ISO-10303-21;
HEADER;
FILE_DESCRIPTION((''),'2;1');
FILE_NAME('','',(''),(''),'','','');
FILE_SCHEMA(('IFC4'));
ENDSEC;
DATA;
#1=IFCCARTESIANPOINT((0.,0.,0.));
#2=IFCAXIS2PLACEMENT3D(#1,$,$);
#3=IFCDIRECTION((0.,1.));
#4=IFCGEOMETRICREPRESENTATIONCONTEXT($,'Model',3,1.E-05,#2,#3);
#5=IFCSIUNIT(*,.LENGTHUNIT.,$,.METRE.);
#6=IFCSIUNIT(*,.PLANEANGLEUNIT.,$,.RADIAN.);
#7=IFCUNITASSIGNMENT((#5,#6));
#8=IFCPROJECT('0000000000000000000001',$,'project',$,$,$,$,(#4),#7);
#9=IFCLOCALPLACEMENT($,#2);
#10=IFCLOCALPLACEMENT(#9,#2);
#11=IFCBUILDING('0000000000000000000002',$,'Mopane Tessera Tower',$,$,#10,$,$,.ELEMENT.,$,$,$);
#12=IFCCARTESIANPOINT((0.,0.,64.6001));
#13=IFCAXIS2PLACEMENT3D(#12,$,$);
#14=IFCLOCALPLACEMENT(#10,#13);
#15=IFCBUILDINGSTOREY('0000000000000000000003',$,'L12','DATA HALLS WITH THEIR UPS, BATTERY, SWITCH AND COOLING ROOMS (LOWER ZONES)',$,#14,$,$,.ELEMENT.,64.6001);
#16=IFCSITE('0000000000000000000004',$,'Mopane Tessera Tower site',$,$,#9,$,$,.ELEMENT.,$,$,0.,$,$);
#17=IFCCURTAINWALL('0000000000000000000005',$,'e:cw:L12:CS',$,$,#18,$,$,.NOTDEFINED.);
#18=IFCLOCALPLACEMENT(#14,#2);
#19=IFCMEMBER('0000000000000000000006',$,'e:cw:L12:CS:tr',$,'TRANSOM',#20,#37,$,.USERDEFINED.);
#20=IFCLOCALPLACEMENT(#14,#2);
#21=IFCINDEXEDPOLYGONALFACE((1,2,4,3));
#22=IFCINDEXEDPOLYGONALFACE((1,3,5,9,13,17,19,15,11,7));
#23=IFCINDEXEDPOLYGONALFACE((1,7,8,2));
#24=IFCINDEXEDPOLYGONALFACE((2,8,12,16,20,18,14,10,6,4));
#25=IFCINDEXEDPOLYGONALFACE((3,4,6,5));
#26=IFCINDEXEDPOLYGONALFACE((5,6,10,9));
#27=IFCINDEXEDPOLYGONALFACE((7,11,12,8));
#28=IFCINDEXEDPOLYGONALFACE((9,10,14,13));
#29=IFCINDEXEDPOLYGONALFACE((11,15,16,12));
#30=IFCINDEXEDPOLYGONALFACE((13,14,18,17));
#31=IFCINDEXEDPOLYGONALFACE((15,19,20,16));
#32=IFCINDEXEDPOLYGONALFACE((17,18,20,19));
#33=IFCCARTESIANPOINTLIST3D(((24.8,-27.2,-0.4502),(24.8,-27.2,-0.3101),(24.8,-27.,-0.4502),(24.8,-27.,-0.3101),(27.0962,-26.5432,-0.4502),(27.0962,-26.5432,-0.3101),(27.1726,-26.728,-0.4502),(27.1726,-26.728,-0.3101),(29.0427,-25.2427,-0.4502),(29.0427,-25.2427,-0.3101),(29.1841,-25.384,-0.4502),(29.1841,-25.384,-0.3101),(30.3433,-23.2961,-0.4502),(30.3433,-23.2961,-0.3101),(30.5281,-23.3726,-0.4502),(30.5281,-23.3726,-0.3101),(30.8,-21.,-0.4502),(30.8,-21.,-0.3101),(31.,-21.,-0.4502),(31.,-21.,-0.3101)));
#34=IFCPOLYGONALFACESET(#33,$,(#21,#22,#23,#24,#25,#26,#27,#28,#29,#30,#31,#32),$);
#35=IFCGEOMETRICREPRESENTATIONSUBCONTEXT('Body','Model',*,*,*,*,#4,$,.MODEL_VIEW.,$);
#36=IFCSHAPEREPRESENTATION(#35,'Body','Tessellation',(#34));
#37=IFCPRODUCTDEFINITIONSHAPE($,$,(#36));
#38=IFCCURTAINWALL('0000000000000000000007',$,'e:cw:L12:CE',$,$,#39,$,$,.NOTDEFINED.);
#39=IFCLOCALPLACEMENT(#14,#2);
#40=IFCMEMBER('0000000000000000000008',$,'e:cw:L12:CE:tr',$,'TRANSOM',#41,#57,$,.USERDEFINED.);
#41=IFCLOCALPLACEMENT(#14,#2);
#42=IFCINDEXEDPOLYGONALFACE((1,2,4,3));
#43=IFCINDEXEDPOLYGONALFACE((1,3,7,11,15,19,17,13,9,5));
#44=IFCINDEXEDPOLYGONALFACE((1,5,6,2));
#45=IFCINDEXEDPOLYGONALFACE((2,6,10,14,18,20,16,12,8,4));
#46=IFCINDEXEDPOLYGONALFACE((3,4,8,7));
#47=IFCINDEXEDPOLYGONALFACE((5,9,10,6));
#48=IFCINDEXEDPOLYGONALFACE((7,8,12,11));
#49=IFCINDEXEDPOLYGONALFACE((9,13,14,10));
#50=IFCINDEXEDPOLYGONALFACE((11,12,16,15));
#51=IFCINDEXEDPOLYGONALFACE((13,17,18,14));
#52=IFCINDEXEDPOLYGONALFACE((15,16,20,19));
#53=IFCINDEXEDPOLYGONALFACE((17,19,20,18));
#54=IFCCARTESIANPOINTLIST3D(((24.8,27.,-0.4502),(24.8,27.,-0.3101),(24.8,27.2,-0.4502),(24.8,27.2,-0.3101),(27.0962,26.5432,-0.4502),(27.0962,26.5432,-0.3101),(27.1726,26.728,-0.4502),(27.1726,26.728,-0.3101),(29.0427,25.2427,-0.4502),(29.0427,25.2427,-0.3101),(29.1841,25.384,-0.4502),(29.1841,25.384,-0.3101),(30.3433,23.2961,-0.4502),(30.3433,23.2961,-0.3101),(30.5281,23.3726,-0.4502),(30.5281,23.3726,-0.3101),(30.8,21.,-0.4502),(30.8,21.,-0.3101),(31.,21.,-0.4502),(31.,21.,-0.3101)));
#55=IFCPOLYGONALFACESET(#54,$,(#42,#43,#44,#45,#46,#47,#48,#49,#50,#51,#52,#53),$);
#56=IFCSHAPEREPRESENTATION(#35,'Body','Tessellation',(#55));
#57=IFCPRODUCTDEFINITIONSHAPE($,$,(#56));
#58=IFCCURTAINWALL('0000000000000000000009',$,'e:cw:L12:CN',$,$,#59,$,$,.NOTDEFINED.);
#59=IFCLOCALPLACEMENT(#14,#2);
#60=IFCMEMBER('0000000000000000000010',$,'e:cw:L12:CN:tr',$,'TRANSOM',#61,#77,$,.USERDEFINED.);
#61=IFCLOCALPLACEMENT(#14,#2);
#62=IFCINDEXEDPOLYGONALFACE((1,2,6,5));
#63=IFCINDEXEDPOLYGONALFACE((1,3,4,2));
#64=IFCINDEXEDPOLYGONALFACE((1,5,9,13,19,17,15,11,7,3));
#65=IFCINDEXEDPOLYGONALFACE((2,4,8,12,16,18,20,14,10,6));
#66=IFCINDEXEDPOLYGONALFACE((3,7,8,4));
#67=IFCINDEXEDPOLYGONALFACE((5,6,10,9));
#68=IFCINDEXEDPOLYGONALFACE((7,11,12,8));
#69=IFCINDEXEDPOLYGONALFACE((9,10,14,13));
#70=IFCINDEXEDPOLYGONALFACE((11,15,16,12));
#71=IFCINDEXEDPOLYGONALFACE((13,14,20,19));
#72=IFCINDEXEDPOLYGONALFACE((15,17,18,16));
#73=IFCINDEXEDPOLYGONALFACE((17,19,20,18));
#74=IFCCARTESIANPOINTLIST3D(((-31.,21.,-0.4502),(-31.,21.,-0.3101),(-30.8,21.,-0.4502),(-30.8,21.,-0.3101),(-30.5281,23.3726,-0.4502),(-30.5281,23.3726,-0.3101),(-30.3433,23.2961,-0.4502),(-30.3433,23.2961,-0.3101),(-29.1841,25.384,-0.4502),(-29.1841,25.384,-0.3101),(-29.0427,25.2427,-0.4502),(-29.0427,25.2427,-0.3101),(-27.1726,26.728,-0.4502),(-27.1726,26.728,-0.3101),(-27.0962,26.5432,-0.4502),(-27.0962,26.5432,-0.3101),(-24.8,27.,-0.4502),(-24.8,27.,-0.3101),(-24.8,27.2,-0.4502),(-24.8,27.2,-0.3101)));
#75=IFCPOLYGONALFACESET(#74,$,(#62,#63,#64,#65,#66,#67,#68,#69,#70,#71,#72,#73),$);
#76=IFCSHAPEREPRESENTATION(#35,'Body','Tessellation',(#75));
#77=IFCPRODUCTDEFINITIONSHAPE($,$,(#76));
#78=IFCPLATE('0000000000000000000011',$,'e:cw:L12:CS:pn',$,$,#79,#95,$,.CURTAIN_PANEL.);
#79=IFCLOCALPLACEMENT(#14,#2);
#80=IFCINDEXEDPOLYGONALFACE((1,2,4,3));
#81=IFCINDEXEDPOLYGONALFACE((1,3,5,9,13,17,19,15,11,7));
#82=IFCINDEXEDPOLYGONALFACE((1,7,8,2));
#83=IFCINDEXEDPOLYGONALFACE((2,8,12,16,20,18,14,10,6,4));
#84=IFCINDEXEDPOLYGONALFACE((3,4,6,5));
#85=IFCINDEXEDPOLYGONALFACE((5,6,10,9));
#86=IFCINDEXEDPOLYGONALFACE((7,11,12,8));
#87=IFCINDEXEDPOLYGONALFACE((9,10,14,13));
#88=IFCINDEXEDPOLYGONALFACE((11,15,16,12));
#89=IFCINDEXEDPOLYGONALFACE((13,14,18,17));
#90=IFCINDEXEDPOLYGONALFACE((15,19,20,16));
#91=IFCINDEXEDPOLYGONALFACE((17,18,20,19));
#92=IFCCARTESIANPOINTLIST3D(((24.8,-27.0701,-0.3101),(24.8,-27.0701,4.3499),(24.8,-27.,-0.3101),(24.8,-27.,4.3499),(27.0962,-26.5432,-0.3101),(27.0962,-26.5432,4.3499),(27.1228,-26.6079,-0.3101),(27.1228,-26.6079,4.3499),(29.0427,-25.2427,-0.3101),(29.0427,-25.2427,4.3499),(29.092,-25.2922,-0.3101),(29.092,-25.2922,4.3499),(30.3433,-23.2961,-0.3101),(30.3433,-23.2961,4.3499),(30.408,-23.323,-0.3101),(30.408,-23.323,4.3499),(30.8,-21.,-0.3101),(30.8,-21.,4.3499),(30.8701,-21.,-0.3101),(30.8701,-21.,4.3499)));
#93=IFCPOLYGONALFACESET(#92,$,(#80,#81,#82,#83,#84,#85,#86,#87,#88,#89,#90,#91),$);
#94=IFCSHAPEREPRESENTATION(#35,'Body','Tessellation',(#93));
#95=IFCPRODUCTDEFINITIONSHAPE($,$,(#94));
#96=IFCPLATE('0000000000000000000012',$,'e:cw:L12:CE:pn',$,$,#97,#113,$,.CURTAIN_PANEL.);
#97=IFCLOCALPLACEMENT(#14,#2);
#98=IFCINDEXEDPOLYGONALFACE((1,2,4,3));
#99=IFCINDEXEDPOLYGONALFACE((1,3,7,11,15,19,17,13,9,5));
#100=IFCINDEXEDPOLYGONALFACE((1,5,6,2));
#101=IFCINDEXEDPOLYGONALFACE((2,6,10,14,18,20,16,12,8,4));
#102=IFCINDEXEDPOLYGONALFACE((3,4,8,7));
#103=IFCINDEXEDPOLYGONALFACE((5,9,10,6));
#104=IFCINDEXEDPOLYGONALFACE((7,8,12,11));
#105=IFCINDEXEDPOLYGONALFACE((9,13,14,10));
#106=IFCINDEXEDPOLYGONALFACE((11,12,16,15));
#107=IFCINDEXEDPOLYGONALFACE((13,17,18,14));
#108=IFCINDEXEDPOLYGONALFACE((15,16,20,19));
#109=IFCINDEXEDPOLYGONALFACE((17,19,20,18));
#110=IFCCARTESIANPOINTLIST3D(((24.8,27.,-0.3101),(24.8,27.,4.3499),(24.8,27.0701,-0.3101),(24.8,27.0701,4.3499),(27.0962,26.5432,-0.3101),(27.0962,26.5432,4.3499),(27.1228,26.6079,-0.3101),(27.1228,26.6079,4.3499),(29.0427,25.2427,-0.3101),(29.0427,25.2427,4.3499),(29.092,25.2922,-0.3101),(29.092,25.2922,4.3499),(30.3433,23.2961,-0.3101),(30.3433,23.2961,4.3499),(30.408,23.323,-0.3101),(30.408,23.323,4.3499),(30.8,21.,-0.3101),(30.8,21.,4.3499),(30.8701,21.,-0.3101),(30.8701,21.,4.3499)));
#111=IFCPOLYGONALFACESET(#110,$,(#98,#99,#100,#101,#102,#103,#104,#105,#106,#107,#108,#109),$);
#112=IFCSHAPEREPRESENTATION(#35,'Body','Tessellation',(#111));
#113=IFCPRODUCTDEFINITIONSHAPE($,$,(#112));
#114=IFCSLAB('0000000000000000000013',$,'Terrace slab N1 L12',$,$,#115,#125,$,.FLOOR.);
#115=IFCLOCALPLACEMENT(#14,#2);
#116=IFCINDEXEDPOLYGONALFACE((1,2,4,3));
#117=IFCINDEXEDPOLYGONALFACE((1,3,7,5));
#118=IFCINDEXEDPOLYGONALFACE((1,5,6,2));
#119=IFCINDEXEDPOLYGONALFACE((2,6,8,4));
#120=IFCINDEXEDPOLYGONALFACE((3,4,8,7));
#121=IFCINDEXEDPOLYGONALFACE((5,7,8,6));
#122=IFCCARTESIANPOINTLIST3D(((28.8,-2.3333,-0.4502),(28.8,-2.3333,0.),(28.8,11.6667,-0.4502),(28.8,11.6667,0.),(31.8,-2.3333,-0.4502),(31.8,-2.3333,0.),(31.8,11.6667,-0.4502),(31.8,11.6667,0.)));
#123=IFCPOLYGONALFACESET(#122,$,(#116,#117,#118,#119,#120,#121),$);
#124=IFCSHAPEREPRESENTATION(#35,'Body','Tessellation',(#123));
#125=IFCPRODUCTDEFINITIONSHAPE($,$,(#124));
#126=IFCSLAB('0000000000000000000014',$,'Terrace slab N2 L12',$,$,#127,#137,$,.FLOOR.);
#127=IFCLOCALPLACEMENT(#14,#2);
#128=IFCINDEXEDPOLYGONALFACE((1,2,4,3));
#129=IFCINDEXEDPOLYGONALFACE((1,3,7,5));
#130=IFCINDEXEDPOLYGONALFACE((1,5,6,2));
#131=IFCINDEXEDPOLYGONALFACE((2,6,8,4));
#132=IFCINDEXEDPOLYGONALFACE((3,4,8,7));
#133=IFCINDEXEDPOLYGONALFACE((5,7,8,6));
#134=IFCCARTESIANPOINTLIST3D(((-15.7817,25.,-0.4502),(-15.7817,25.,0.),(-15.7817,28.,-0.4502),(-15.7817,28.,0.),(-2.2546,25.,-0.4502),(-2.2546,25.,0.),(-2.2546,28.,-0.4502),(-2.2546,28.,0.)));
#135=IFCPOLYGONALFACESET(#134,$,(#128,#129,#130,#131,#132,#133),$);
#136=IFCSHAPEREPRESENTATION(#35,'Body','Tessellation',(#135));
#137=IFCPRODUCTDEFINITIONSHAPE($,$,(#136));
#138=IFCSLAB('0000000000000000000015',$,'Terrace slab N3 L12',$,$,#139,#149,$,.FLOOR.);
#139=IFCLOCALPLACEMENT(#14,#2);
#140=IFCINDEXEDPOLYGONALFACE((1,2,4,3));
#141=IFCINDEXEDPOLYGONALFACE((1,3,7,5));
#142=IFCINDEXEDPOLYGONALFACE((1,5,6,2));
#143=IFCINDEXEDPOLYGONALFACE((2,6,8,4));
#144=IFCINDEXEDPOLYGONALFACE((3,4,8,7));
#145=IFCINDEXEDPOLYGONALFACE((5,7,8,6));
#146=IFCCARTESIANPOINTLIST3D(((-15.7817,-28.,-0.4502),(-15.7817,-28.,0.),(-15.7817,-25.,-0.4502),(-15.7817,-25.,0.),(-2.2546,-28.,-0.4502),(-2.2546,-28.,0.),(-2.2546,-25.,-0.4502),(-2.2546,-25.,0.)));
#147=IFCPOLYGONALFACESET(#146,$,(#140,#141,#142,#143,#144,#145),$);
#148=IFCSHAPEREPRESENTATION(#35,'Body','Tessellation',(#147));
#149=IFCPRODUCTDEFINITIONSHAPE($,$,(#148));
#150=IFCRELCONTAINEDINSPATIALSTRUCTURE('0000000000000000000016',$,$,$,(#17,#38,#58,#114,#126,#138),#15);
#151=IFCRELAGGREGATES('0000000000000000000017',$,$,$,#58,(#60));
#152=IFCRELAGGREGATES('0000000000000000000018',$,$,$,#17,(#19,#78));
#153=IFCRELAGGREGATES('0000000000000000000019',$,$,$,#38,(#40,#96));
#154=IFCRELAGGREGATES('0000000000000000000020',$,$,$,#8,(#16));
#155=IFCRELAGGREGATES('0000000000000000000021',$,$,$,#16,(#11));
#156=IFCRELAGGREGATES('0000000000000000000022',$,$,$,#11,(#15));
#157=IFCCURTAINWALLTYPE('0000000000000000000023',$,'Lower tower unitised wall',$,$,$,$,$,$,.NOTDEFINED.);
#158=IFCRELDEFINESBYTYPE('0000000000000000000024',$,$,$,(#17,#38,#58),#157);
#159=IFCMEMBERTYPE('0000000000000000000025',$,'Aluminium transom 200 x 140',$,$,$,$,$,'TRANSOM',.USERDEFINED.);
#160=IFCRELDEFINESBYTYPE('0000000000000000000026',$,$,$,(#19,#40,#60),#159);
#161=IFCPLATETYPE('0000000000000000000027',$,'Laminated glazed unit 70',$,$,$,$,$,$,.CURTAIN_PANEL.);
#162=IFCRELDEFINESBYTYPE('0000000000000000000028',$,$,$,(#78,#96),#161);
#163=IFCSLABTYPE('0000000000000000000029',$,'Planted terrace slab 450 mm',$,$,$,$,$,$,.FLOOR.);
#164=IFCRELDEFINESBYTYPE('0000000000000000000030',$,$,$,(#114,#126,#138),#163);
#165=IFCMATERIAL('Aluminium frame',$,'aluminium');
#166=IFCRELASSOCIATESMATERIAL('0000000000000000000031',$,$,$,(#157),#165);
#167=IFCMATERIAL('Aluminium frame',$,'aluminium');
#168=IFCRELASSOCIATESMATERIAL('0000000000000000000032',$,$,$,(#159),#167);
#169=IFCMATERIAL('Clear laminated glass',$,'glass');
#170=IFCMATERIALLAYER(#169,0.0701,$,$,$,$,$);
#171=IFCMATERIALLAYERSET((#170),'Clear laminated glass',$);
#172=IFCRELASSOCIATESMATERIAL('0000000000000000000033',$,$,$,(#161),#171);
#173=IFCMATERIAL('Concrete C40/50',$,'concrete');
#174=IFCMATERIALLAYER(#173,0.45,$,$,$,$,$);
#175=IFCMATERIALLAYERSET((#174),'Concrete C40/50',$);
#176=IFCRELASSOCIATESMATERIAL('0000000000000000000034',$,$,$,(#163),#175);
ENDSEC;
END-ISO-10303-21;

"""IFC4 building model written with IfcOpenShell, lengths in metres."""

from ifc_helpers import new_model, si_unit, direction, frame, origin, origin_2d, place, context, subcontext, project, spatial, polyline, rectangle, outline, extrude, material, layer, layer_set, material_profile, profile_set, type_object, element, aggregate, save


model = new_model("IFC4")

# Units and contexts
model_context = context("Model", 3, precision=1e-05, world=origin(), true_north=direction((0.0, 1.0)))
body_context = subcontext(model_context, "Body", "Model", "MODEL_VIEW")
ifc_project = project(units=[si_unit("LENGTHUNIT", "METRE"), si_unit("PLANEANGLEUNIT", "RADIAN")], contexts=[model_context])

# Site, building, storey
site_placement = place(None, origin())
site = spatial("IfcSite", under=ifc_project, at=site_placement, Name="Mopane Tessera Tower site", CompositionType="ELEMENT", RefElevation=0.0)
building_placement = place(site_placement, origin())
building = spatial("IfcBuilding", under=site, at=building_placement, Name="Mopane Tessera Tower", CompositionType="ELEMENT")
storey_placement = place(building_placement, frame((0.0, 0.0, 64.6001)))
storey = spatial("IfcBuildingStorey", under=building, at=storey_placement, Name="L12", Description="DATA HALLS WITH THEIR UPS, BATTERY, SWITCH AND COOLING ROOMS (LOWER ZONES)", CompositionType="ELEMENT", Elevation=64.6001)

# Curtain walls, members
ifc_material_1 = material(Name="Aluminium frame", Category="aluminium")
curtain_wall_type = type_object("IfcCurtainWallType", Name="Lower tower unitised wall", PredefinedType="NOTDEFINED", material=ifc_material_1)
curtain_wall_1_placement = place(storey_placement, origin())
curtain_wall_1 = element("IfcCurtainWall", 1, at=curtain_wall_1_placement, inside=storey, type_object=curtain_wall_type, Name="e:cw:L12:CS", PredefinedType="NOTDEFINED")
ifc_material_2 = material(Name="Aluminium frame", Category="aluminium")
ifc_material_profile = material_profile(ifc_material_2, rectangle(XDim=0.2, YDim=0.1399, at=origin_2d()))
ifc_profile_set = profile_set([ifc_material_profile], Name="Aluminium frame")
member_type = type_object("IfcMemberType", Name="Aluminium transom 200 x 140", ElementType="TRANSOM", PredefinedType="USERDEFINED", material=ifc_profile_set)
member_1_placement = place(storey_placement, frame((0.0, 0.0, -0.4502)))
member_1 = element("IfcMember", 2, at=member_1_placement, type_object=member_type, Name="e:cw:L12:CS:tr", ObjectType="TRANSOM", PredefinedType="USERDEFINED", context=body_context, shape_type="SweptSolid", body=[
    extrude(outline(polyline([(24.8, -27.0), (27.0962, -26.5432), (29.0427, -25.2427), (30.3433, -23.2961), (30.8, -21.0), (31.0, -21.0), (30.5281, -23.3726), (29.1841, -25.384), (27.1726, -26.728), (24.8, -27.2), (24.8, -27.0)])), origin(), (0.0, 0.0, 1.0), 0.1401),
])
curtain_wall_2_placement = place(storey_placement, origin())
curtain_wall_2 = element("IfcCurtainWall", 3, at=curtain_wall_2_placement, inside=storey, type_object=curtain_wall_type, Name="e:cw:L12:CE", PredefinedType="NOTDEFINED")
member_2_placement = place(storey_placement, frame((0.0, 0.0, -0.4502)))
member_2 = element("IfcMember", 4, at=member_2_placement, type_object=member_type, Name="e:cw:L12:CE:tr", ObjectType="TRANSOM", PredefinedType="USERDEFINED", context=body_context, shape_type="SweptSolid", body=[
    extrude(outline(polyline([(30.8, 21.0), (30.3433, 23.2961), (29.0427, 25.2427), (27.0962, 26.5432), (24.8, 27.0), (24.8, 27.2), (27.1726, 26.728), (29.1841, 25.384), (30.5281, 23.3726), (31.0, 21.0), (30.8, 21.0)])), origin(), (0.0, 0.0, 1.0), 0.1401),
])
curtain_wall_3_placement = place(storey_placement, origin())
curtain_wall_3 = element("IfcCurtainWall", 5, at=curtain_wall_3_placement, inside=storey, type_object=curtain_wall_type, Name="e:cw:L12:CN", PredefinedType="NOTDEFINED")
member_3_placement = place(storey_placement, frame((0.0, 0.0, -0.4502)))
member_3 = element("IfcMember", 6, at=member_3_placement, type_object=member_type, Name="e:cw:L12:CN:tr", ObjectType="TRANSOM", PredefinedType="USERDEFINED", context=body_context, shape_type="SweptSolid", body=[
    extrude(outline(polyline([(-24.8, 27.0), (-27.0962, 26.5432), (-29.0427, 25.2427), (-30.3433, 23.2961), (-30.8, 21.0), (-31.0, 21.0), (-30.5281, 23.3726), (-29.1841, 25.384), (-27.1726, 26.728), (-24.8, 27.2), (-24.8, 27.0)])), origin(), (0.0, 0.0, 1.0), 0.1401),
])
aggregate(curtain_wall_3, [member_3])

# Plates
ifc_material_3 = material(Name="Clear laminated glass", Category="glass")
ifc_layer_1 = layer(ifc_material_3, 0.0701)
ifc_layer_set_1 = layer_set([ifc_layer_1], Name="Clear laminated glass")
plate_type = type_object("IfcPlateType", Name="Laminated glazed unit 70", PredefinedType="CURTAIN_PANEL", material=ifc_layer_set_1)
plate_1_placement = place(storey_placement, frame((0.0, 0.0, -0.3101)))
plate_1 = element("IfcPlate", 7, at=plate_1_placement, type_object=plate_type, Name="e:cw:L12:CS:pn", PredefinedType="CURTAIN_PANEL", context=body_context, shape_type="SweptSolid", body=[
    extrude(outline(polyline([(24.8, -27.0), (27.0962, -26.5432), (29.0427, -25.2427), (30.3433, -23.2961), (30.8, -21.0), (30.8701, -21.0), (30.408, -23.323), (29.092, -25.2922), (27.1228, -26.6079), (24.8, -27.0701), (24.8, -27.0)])), origin(), (0.0, 0.0, 1.0), 4.6599),
])
aggregate(curtain_wall_1, [member_1, plate_1])
plate_2_placement = place(storey_placement, frame((0.0, 0.0, -0.3101)))
plate_2 = element("IfcPlate", 8, at=plate_2_placement, type_object=plate_type, Name="e:cw:L12:CE:pn", PredefinedType="CURTAIN_PANEL", context=body_context, shape_type="SweptSolid", body=[
    extrude(outline(polyline([(30.8, 21.0), (30.3433, 23.2961), (29.0427, 25.2427), (27.0962, 26.5432), (24.8, 27.0), (24.8, 27.0701), (27.1228, 26.6079), (29.092, 25.2922), (30.408, 23.323), (30.8701, 21.0), (30.8, 21.0)])), origin(), (0.0, 0.0, 1.0), 4.6599),
])
aggregate(curtain_wall_2, [member_2, plate_2])

# Slabs
ifc_material_4 = material(Name="Concrete C40/50", Category="concrete")
ifc_layer_2 = layer(ifc_material_4, 0.45)
ifc_layer_set_2 = layer_set([ifc_layer_2], Name="Concrete C40/50")
slab_type_1 = type_object("IfcSlabType", Name="Planted terrace slab 450 mm", PredefinedType="FLOOR", material=ifc_layer_set_2)
slab_1_placement = place(storey_placement, frame((0.0, 0.0, -0.4502)))
element("IfcSlab", 9, at=slab_1_placement, inside=storey, type_object=slab_type_1, Name="Terrace slab N1 L12", PredefinedType="FLOOR", context=body_context, shape_type="SweptSolid", body=[
    extrude(outline(polyline([(31.8, 11.6667), (28.8, 11.6667), (28.8, -2.3333), (31.8, -2.3333), (31.8, 11.6667)])), origin(), (0.0, 0.0, 1.0), 0.4502),
])
slab_2_placement = place(storey_placement, frame((0.0, 0.0, -0.4502)))
element("IfcSlab", 10, at=slab_2_placement, inside=storey, type_object=slab_type_1, Name="Terrace slab N2 L12", PredefinedType="FLOOR", context=body_context, shape_type="SweptSolid", body=[
    extrude(outline(polyline([(-15.7817, 28.0), (-15.7817, 25.0), (-2.2546, 25.0), (-2.2546, 28.0), (-15.7817, 28.0)])), origin(), (0.0, 0.0, 1.0), 0.4502),
])
slab_3_placement = place(storey_placement, frame((0.0, 0.0, -0.4502)))
element("IfcSlab", 11, at=slab_3_placement, inside=storey, type_object=slab_type_1, Name="Terrace slab N3 L12", PredefinedType="FLOOR", context=body_context, shape_type="SweptSolid", body=[
    extrude(outline(polyline([(-2.2546, -28.0), (-2.2546, -25.0), (-15.7817, -25.0), (-15.7817, -28.0), (-2.2546, -28.0)])), origin(), (0.0, 0.0, 1.0), 0.4502),
])

save(model, "model.ifc")
